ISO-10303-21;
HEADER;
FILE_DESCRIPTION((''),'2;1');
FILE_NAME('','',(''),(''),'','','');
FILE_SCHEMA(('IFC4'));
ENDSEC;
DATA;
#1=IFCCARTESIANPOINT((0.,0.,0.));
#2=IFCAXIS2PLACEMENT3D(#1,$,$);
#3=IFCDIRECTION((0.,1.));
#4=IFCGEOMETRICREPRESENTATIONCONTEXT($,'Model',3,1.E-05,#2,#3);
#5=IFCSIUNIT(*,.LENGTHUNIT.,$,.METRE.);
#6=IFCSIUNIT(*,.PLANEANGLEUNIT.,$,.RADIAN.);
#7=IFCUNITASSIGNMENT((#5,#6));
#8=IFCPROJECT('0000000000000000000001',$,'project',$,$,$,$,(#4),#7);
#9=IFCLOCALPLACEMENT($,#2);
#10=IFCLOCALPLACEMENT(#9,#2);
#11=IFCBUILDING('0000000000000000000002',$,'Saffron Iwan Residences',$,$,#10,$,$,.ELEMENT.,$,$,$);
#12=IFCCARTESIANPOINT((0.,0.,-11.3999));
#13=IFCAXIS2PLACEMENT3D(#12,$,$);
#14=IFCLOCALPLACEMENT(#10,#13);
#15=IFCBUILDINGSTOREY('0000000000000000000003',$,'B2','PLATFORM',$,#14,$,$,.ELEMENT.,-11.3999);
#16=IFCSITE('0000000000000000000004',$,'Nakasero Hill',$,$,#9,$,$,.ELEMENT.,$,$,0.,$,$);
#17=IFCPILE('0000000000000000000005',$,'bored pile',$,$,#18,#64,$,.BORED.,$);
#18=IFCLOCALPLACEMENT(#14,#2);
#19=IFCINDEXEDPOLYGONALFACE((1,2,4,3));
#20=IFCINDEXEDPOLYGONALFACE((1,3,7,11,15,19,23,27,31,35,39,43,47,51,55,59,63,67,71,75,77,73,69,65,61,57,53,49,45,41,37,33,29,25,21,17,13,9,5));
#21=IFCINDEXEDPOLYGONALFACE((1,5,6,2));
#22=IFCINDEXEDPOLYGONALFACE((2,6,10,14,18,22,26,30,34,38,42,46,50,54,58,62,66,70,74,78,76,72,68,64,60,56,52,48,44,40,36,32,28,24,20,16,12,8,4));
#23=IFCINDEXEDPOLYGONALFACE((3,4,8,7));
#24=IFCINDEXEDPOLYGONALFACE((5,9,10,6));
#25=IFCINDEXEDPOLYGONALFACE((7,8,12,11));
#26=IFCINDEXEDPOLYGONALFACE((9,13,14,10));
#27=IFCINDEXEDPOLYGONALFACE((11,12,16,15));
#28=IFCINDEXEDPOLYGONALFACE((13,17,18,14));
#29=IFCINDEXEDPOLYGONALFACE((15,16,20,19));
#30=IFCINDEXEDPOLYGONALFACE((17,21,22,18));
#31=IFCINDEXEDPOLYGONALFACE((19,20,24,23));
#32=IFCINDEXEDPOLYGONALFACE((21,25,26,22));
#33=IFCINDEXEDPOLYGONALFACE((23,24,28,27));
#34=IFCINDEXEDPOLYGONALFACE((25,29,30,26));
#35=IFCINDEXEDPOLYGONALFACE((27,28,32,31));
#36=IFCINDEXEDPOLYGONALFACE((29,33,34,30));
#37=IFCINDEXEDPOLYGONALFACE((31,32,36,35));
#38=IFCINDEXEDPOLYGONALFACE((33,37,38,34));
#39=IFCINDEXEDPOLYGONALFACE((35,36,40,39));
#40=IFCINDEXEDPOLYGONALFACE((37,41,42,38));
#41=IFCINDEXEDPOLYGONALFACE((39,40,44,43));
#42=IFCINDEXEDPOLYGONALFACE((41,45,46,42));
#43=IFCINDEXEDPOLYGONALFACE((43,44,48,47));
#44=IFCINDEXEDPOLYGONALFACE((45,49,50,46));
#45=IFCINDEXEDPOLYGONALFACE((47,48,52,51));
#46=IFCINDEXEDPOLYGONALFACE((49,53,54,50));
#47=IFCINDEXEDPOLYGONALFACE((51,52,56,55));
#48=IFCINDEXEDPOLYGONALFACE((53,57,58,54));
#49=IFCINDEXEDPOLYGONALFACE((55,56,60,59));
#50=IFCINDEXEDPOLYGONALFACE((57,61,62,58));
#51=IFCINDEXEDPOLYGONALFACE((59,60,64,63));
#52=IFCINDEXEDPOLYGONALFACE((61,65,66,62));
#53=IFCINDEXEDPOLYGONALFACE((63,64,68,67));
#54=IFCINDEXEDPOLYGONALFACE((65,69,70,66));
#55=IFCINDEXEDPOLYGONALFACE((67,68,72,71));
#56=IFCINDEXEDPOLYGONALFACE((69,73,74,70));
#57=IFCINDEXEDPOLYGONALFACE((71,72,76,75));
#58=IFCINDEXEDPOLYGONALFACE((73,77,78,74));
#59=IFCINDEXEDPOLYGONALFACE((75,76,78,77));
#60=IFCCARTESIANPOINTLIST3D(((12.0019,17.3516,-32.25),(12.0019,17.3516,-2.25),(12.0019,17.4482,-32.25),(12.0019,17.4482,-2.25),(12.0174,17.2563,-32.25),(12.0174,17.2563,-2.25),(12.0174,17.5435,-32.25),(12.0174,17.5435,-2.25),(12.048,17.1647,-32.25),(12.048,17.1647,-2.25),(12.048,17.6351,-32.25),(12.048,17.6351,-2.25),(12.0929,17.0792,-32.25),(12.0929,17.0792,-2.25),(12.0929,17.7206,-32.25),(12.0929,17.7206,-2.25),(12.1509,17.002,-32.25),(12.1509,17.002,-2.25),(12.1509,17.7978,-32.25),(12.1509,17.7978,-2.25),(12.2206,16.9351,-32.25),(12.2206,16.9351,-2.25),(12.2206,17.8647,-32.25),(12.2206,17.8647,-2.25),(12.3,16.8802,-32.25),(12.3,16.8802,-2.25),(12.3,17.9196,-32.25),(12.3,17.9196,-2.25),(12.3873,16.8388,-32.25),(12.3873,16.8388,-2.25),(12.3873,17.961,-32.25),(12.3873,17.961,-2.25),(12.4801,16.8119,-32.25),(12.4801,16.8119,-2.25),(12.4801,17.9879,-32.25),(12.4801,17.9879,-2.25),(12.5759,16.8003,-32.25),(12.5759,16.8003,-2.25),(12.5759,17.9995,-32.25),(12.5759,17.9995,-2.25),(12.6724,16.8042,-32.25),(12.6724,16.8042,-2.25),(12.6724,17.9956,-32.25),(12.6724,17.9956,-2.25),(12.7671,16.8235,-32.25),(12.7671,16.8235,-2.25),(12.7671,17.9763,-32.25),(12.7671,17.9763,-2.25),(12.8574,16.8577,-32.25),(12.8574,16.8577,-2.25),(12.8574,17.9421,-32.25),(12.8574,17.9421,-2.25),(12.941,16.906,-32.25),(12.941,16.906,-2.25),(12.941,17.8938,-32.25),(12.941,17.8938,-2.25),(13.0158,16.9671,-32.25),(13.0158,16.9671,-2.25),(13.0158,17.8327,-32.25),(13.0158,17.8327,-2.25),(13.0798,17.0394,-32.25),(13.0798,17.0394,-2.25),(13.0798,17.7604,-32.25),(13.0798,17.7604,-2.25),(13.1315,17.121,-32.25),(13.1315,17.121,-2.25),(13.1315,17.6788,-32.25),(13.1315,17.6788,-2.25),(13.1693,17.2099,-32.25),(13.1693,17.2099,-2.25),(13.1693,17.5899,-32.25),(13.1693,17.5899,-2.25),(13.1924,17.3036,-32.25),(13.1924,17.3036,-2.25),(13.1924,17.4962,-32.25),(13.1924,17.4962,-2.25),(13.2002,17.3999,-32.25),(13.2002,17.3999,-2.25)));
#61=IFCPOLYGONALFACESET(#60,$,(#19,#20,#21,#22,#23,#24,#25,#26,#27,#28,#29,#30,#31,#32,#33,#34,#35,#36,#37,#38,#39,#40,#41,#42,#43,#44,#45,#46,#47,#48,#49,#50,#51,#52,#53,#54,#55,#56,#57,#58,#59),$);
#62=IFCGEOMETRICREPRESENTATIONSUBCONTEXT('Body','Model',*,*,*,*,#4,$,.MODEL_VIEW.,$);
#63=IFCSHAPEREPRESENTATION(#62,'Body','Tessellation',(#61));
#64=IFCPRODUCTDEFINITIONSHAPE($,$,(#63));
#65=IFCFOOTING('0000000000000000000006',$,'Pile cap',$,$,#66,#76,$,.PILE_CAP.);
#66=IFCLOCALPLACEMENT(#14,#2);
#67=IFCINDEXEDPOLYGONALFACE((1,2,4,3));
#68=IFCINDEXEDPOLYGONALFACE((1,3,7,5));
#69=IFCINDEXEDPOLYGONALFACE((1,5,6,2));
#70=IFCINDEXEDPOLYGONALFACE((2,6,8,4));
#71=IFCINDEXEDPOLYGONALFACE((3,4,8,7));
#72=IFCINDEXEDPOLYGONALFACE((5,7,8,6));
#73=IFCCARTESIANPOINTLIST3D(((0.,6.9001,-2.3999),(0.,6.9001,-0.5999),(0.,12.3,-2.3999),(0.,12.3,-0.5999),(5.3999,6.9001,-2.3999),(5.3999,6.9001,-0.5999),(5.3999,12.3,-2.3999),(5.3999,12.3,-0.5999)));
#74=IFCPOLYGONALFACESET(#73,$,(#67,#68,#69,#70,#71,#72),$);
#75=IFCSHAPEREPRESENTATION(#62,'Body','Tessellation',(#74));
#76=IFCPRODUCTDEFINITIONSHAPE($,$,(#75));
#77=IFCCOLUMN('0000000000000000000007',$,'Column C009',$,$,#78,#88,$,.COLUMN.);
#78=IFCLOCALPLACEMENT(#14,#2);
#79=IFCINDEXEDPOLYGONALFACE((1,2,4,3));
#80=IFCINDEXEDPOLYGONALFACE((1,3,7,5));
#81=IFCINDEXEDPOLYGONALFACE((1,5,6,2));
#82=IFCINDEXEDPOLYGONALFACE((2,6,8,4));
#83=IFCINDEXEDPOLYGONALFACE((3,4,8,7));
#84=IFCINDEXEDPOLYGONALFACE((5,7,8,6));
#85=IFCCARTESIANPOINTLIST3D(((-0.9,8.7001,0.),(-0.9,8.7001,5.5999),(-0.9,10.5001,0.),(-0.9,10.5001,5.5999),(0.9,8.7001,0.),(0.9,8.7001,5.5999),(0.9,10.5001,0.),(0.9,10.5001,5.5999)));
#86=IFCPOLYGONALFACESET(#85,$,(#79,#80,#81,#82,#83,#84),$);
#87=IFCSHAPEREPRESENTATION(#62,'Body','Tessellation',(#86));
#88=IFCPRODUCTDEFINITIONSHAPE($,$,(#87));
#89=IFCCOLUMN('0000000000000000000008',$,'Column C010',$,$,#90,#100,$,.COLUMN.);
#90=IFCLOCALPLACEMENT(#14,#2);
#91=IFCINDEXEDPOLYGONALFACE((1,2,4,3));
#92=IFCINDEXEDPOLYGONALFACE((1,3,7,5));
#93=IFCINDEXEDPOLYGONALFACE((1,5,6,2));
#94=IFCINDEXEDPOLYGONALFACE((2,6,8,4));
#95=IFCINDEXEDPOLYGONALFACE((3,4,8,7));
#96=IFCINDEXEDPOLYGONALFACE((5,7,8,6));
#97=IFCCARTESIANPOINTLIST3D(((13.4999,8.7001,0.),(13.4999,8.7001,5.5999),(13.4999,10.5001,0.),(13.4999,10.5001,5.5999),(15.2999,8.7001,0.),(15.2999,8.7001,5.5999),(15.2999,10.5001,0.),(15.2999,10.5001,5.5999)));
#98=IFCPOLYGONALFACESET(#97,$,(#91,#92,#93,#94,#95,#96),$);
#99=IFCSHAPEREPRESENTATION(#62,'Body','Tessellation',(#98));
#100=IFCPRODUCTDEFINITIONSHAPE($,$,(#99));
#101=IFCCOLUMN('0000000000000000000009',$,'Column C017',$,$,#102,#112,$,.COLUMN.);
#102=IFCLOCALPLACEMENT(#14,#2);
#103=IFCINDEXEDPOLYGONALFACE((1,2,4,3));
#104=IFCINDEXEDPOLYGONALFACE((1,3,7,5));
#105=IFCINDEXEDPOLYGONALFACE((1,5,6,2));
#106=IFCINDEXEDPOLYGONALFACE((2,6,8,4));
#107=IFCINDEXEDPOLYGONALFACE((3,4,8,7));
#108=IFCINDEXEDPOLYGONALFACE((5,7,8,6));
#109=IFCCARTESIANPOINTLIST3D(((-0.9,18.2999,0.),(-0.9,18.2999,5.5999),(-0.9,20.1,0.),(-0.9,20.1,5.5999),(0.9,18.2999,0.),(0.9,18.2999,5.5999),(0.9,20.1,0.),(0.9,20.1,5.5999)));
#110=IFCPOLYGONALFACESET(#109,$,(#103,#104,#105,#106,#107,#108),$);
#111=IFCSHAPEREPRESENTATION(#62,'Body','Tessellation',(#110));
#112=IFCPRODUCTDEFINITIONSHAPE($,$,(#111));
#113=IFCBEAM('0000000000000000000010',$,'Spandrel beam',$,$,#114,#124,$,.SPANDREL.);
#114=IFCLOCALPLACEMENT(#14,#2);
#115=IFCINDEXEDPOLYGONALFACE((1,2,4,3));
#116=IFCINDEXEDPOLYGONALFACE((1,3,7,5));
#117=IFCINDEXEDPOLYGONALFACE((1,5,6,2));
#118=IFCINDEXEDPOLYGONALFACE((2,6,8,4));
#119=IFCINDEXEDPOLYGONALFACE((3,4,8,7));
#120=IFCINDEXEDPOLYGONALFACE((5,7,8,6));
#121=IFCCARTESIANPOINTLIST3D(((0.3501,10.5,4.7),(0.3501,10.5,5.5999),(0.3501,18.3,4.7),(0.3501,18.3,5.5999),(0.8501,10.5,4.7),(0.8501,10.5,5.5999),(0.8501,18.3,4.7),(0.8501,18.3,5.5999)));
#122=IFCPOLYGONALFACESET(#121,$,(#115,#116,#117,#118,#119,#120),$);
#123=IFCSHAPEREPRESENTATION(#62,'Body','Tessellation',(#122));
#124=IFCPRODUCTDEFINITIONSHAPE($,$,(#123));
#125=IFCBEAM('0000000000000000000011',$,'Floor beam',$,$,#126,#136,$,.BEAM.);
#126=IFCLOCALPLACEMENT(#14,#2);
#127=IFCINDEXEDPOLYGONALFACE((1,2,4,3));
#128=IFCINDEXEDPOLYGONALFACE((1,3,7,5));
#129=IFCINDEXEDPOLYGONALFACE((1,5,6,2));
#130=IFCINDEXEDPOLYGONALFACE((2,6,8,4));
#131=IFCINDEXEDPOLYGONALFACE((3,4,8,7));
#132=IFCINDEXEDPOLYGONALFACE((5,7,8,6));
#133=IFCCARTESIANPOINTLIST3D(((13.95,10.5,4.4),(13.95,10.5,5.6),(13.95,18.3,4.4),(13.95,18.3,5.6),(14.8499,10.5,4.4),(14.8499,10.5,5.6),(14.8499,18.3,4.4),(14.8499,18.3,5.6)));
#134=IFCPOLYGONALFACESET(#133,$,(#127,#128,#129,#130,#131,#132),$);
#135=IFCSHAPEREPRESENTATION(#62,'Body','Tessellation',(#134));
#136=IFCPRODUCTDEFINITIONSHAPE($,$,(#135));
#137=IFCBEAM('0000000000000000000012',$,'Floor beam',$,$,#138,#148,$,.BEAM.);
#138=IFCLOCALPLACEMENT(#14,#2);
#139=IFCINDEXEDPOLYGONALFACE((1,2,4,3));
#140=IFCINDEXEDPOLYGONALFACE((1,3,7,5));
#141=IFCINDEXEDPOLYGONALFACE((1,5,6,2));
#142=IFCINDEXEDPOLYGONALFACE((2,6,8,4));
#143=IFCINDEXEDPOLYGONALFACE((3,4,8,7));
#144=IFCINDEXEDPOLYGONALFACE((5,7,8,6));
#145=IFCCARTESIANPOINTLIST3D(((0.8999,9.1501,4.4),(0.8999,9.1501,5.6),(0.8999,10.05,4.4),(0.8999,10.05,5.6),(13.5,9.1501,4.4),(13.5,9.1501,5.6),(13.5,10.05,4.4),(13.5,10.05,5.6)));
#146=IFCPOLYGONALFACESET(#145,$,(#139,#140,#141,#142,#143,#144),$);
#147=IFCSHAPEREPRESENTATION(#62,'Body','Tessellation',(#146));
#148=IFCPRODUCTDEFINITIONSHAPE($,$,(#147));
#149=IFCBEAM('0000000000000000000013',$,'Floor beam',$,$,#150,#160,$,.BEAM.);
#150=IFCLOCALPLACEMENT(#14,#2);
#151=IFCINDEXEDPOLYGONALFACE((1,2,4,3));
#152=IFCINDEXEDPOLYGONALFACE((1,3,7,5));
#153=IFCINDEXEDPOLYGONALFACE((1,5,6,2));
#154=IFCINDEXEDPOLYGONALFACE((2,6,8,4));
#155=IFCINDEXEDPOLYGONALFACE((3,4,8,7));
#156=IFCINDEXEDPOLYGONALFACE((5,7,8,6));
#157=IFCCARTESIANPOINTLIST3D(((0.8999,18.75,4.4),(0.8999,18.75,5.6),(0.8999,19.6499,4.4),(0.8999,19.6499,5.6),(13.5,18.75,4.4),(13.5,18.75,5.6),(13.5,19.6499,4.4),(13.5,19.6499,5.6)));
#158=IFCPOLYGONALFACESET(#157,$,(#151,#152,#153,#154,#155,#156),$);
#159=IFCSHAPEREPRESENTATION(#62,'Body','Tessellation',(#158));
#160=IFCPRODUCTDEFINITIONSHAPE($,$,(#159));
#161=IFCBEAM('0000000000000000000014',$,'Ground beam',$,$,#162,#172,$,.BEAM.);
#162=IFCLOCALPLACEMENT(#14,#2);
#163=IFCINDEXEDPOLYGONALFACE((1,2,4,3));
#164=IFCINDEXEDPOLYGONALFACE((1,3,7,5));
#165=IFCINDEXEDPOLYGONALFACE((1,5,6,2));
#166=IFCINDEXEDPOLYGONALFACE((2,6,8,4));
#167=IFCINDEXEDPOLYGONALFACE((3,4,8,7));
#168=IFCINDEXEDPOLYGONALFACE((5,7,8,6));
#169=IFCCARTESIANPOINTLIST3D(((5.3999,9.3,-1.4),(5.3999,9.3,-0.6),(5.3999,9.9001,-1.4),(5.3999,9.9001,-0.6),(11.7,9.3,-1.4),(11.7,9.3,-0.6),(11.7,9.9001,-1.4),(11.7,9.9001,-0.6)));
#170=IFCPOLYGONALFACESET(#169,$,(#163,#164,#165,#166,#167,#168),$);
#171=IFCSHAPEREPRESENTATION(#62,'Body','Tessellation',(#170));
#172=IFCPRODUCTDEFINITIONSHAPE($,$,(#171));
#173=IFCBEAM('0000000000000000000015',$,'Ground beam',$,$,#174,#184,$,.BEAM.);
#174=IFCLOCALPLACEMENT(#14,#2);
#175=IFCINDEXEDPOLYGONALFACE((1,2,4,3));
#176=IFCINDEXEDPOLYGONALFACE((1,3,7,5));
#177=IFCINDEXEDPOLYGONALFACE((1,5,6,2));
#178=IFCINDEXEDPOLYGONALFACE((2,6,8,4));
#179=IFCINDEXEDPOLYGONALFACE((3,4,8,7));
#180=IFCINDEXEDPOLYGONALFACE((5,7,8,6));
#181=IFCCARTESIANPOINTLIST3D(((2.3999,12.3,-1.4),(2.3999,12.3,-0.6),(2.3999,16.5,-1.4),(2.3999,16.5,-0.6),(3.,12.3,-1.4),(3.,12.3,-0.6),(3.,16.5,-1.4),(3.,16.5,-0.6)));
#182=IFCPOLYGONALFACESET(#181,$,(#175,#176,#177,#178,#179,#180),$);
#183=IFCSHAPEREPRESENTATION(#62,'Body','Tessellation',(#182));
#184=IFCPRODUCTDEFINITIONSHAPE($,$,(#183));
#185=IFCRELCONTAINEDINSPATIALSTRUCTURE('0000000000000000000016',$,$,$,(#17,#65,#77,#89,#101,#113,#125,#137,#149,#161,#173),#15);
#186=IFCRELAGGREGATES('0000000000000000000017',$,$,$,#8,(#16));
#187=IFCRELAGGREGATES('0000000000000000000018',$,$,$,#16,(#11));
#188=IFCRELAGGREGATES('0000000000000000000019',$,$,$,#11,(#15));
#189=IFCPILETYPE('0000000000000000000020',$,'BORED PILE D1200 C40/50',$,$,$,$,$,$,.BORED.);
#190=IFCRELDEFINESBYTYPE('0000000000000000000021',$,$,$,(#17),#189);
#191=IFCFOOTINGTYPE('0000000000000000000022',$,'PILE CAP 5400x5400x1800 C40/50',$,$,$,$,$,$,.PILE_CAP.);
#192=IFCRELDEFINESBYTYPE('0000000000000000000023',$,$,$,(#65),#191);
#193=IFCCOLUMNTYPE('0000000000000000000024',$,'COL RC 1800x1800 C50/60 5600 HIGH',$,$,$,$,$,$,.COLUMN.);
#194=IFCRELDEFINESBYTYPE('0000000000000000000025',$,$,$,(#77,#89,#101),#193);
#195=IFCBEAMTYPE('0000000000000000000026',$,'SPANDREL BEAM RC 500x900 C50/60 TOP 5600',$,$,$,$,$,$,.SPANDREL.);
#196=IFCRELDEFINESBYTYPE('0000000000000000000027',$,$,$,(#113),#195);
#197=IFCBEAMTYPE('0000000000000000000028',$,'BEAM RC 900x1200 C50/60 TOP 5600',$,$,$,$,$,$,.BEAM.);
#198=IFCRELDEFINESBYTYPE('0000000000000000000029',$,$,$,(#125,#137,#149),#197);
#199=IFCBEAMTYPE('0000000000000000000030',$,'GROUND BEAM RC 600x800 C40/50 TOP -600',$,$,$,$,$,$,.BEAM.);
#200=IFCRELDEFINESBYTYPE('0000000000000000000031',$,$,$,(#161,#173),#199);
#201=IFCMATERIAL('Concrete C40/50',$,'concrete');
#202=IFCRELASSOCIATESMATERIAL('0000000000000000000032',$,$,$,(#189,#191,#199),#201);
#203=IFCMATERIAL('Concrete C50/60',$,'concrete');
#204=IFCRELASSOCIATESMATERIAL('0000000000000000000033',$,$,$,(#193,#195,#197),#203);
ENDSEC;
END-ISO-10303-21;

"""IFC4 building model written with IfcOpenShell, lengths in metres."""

from ifc_helpers import new_model, si_unit, direction, frame, origin, origin_2d, place, context, subcontext, project, spatial, rectangle, circle, extrude, source, transform, mapped, material, material_profile, profile_set, type_object, element, save


model = new_model("IFC4")

# Units and contexts
model_context = context("Model", 3, precision=1e-05, world=origin(), true_north=direction((0.0, 1.0)))
body_context = subcontext(model_context, "Body", "Model", "MODEL_VIEW")
ifc_project = project(units=[si_unit("LENGTHUNIT", "METRE"), si_unit("PLANEANGLEUNIT", "RADIAN")], contexts=[model_context])

# Site, building, storey
site_placement = place(None, origin())
site = spatial("IfcSite", under=ifc_project, at=site_placement, Name="Nakasero Hill", CompositionType="ELEMENT", RefElevation=0.0)
building_placement = place(site_placement, origin())
building = spatial("IfcBuilding", under=site, at=building_placement, Name="Saffron Iwan Residences", CompositionType="ELEMENT")
storey_placement = place(building_placement, frame((0.0, 0.0, -11.3999)))
storey = spatial("IfcBuildingStorey", under=building, at=storey_placement, Name="B2", Description="PLATFORM", CompositionType="ELEMENT", Elevation=-11.3999)

# Pile
ifc_material_1 = material(Name="Concrete C40/50", Category="concrete")
ifc_material_profile_1 = material_profile(ifc_material_1, circle(Radius=0.6001, at=origin_2d()), Name="RC D1200")
ifc_profile_set_1 = profile_set([ifc_material_profile_1], Name="Concrete C40/50")
pile_type = type_object("IfcPileType", Name="BORED PILE D1200 C40/50", PredefinedType="BORED", material=ifc_profile_set_1)
for number, where, z_axis, x_axis, name in (
    (1, (12.6001, 17.3999, -2.25), (0.0, 0.0, -1.0), (1.0, 0.0, 0.0), "bored pile"),
):
    element("IfcPile", number, at=place(storey_placement, frame(where, z_axis=z_axis, x_axis=x_axis)), inside=storey, type_object=pile_type, Name=name, PredefinedType="BORED", context=body_context, shape_type="SweptSolid", body=[
        extrude(circle(Radius=0.6001, at=origin_2d()), origin(), (0.0, 0.0, 1.0), 30.0),
    ])

# Footing
footing_type = type_object("IfcFootingType", Name="PILE CAP 5400x5400x1800 C40/50", PredefinedType="PILE_CAP", material=ifc_material_1)
shared_shape_1 = source(origin(), body_context, "Body", "SweptSolid", [
    extrude(rectangle(XDim=5.3999, YDim=5.3999, at=origin_2d()), origin(), (0.0, 0.0, 1.0), 1.8),
])
footing_placement = place(storey_placement, frame((2.7, 9.6001, -2.3999), z_axis=(0.0, 0.0, 1.0), x_axis=(1.0, 0.0, 0.0)))
element("IfcFooting", 2, at=footing_placement, inside=storey, type_object=footing_type, Name="Pile cap", PredefinedType="PILE_CAP", context=body_context, shape_type="MappedRepresentation", body=[
    mapped(shared_shape_1, transform((0.0, 0.0, 0.0))),
])

# Columns
ifc_material_2 = material(Name="Concrete C50/60", Category="concrete")
ifc_material_profile_2 = material_profile(ifc_material_2, rectangle(XDim=1.8, YDim=1.8, at=origin_2d()), Name="RC 1800x1800")
ifc_profile_set_2 = profile_set([ifc_material_profile_2], Name="Concrete C50/60")
column_type = type_object("IfcColumnType", Name="COL RC 1800x1800 C50/60 5600 HIGH", PredefinedType="COLUMN", material=ifc_profile_set_2)
shared_shape_2 = source(origin(), body_context, "Body", "SweptSolid", [
    extrude(rectangle(XDim=1.8, YDim=1.8, at=origin_2d()), origin(), (0.0, 0.0, 1.0), 5.5999),
])
for number, where, z_axis, x_axis, name in (
    (3, (0.0, 9.6001, 0.0), (0.0, 0.0, 1.0), (1.0, 0.0, 0.0), "Column C009"),
    (4, (14.3999, 9.6001, 0.0), (0.0, 0.0, 1.0), (1.0, 0.0, 0.0), "Column C010"),
    (5, (0.0, 19.2, 0.0), (0.0, 0.0, 1.0), (1.0, 0.0, 0.0), "Column C017"),
):
    element("IfcColumn", number, at=place(storey_placement, frame(where, z_axis=z_axis, x_axis=x_axis)), inside=storey, type_object=column_type, Name=name, PredefinedType="COLUMN", context=body_context, shape_type="MappedRepresentation", body=[
        mapped(shared_shape_2, transform((0.0, 0.0, 0.0))),
    ])

# Beams
ifc_material_profile_3 = material_profile(ifc_material_2, rectangle(XDim=0.5, YDim=0.8999, at=origin_2d()), Name="RC 500x900")
ifc_profile_set_3 = profile_set([ifc_material_profile_3], Name="Concrete C50/60")
beam_type_1 = type_object("IfcBeamType", Name="SPANDREL BEAM RC 500x900 C50/60 TOP 5600", PredefinedType="SPANDREL", material=ifc_profile_set_3)
shared_shape_3 = source(origin(), body_context, "Body", "SweptSolid", [
    extrude(rectangle(XDim=0.5, YDim=0.8999, at=origin_2d()), origin(), (0.0, 0.0, 1.0), 7.8),
])
beam_1_placement = place(storey_placement, frame((0.6001, 10.5, 5.1499), z_axis=(0.0, 1.0, 0.0), x_axis=(-1.0, 0.0, 0.0)))
element("IfcBeam", 6, at=beam_1_placement, inside=storey, type_object=beam_type_1, Name="Spandrel beam", PredefinedType="SPANDREL", context=body_context, shape_type="MappedRepresentation", body=[
    mapped(shared_shape_3, transform((0.0, 0.0, 0.0))),
])
ifc_material_profile_4 = material_profile(ifc_material_2, rectangle(XDim=0.8999, YDim=1.2, at=origin_2d()), Name="RC 900x1200")
ifc_profile_set_4 = profile_set([ifc_material_profile_4], Name="Concrete C50/60")
beam_type_2 = type_object("IfcBeamType", Name="BEAM RC 900x1200 C50/60 TOP 5600", PredefinedType="BEAM", material=ifc_profile_set_4)
shared_shape_4 = source(origin(), body_context, "Body", "SweptSolid", [
    extrude(rectangle(XDim=0.8999, YDim=1.2, at=origin_2d()), origin(), (0.0, 0.0, 1.0), 7.8),
])
beam_2_placement = place(storey_placement, frame((14.3999, 10.5, 5.0), z_axis=(0.0, 1.0, 0.0), x_axis=(-1.0, 0.0, 0.0)))
element("IfcBeam", 7, at=beam_2_placement, inside=storey, type_object=beam_type_2, Name="Floor beam", PredefinedType="BEAM", context=body_context, shape_type="MappedRepresentation", body=[
    mapped(shared_shape_4, transform((0.0, 0.0, 0.0))),
])
shared_shape_5 = source(origin(), body_context, "Body", "SweptSolid", [
    extrude(rectangle(XDim=0.8999, YDim=1.2, at=origin_2d()), origin(), (0.0, 0.0, 1.0), 12.6001),
])
for number, where, z_axis, x_axis, name in (
    (8, (0.8999, 9.6001, 5.0), (1.0, 0.0, 0.0), (0.0, 1.0, 0.0), "Floor beam"),
    (9, (0.8999, 19.2, 5.0), (1.0, 0.0, 0.0), (0.0, 1.0, 0.0), "Floor beam"),
):
    element("IfcBeam", number, at=place(storey_placement, frame(where, z_axis=z_axis, x_axis=x_axis)), inside=storey, type_object=beam_type_2, Name=name, PredefinedType="BEAM", context=body_context, shape_type="MappedRepresentation", body=[
        mapped(shared_shape_5, transform((0.0, 0.0, 0.0))),
    ])
ifc_material_profile_5 = material_profile(ifc_material_1, rectangle(XDim=0.6001, YDim=0.8, at=origin_2d()), Name="RC 600x800")
ifc_profile_set_5 = profile_set([ifc_material_profile_5], Name="Concrete C40/50")
beam_type_3 = type_object("IfcBeamType", Name="GROUND BEAM RC 600x800 C40/50 TOP -600", PredefinedType="BEAM", material=ifc_profile_set_5)
shared_shape_6 = source(origin(), body_context, "Body", "SweptSolid", [
    extrude(rectangle(XDim=0.6001, YDim=0.8, at=origin_2d()), origin(), (0.0, 0.0, 1.0), 6.3),
])
beam_3_placement = place(storey_placement, frame((5.3999, 9.6001, -1.0), z_axis=(1.0, 0.0, 0.0), x_axis=(0.0, 1.0, 0.0)))
element("IfcBeam", 10, at=beam_3_placement, inside=storey, type_object=beam_type_3, Name="Ground beam", PredefinedType="BEAM", context=body_context, shape_type="MappedRepresentation", body=[
    mapped(shared_shape_6, transform((0.0, 0.0, 0.0))),
])
shared_shape_7 = source(origin(), body_context, "Body", "SweptSolid", [
    extrude(rectangle(XDim=0.6001, YDim=0.8, at=origin_2d()), origin(), (0.0, 0.0, 1.0), 4.2),
])
beam_4_placement = place(storey_placement, frame((2.7, 12.3, -1.0), z_axis=(0.0, 1.0, 0.0), x_axis=(-1.0, 0.0, 0.0)))
element("IfcBeam", 11, at=beam_4_placement, inside=storey, type_object=beam_type_3, Name="Ground beam", PredefinedType="BEAM", context=body_context, shape_type="MappedRepresentation", body=[
    mapped(shared_shape_7, transform((0.0, 0.0, 0.0))),
])

save(model, "model.ifc")
